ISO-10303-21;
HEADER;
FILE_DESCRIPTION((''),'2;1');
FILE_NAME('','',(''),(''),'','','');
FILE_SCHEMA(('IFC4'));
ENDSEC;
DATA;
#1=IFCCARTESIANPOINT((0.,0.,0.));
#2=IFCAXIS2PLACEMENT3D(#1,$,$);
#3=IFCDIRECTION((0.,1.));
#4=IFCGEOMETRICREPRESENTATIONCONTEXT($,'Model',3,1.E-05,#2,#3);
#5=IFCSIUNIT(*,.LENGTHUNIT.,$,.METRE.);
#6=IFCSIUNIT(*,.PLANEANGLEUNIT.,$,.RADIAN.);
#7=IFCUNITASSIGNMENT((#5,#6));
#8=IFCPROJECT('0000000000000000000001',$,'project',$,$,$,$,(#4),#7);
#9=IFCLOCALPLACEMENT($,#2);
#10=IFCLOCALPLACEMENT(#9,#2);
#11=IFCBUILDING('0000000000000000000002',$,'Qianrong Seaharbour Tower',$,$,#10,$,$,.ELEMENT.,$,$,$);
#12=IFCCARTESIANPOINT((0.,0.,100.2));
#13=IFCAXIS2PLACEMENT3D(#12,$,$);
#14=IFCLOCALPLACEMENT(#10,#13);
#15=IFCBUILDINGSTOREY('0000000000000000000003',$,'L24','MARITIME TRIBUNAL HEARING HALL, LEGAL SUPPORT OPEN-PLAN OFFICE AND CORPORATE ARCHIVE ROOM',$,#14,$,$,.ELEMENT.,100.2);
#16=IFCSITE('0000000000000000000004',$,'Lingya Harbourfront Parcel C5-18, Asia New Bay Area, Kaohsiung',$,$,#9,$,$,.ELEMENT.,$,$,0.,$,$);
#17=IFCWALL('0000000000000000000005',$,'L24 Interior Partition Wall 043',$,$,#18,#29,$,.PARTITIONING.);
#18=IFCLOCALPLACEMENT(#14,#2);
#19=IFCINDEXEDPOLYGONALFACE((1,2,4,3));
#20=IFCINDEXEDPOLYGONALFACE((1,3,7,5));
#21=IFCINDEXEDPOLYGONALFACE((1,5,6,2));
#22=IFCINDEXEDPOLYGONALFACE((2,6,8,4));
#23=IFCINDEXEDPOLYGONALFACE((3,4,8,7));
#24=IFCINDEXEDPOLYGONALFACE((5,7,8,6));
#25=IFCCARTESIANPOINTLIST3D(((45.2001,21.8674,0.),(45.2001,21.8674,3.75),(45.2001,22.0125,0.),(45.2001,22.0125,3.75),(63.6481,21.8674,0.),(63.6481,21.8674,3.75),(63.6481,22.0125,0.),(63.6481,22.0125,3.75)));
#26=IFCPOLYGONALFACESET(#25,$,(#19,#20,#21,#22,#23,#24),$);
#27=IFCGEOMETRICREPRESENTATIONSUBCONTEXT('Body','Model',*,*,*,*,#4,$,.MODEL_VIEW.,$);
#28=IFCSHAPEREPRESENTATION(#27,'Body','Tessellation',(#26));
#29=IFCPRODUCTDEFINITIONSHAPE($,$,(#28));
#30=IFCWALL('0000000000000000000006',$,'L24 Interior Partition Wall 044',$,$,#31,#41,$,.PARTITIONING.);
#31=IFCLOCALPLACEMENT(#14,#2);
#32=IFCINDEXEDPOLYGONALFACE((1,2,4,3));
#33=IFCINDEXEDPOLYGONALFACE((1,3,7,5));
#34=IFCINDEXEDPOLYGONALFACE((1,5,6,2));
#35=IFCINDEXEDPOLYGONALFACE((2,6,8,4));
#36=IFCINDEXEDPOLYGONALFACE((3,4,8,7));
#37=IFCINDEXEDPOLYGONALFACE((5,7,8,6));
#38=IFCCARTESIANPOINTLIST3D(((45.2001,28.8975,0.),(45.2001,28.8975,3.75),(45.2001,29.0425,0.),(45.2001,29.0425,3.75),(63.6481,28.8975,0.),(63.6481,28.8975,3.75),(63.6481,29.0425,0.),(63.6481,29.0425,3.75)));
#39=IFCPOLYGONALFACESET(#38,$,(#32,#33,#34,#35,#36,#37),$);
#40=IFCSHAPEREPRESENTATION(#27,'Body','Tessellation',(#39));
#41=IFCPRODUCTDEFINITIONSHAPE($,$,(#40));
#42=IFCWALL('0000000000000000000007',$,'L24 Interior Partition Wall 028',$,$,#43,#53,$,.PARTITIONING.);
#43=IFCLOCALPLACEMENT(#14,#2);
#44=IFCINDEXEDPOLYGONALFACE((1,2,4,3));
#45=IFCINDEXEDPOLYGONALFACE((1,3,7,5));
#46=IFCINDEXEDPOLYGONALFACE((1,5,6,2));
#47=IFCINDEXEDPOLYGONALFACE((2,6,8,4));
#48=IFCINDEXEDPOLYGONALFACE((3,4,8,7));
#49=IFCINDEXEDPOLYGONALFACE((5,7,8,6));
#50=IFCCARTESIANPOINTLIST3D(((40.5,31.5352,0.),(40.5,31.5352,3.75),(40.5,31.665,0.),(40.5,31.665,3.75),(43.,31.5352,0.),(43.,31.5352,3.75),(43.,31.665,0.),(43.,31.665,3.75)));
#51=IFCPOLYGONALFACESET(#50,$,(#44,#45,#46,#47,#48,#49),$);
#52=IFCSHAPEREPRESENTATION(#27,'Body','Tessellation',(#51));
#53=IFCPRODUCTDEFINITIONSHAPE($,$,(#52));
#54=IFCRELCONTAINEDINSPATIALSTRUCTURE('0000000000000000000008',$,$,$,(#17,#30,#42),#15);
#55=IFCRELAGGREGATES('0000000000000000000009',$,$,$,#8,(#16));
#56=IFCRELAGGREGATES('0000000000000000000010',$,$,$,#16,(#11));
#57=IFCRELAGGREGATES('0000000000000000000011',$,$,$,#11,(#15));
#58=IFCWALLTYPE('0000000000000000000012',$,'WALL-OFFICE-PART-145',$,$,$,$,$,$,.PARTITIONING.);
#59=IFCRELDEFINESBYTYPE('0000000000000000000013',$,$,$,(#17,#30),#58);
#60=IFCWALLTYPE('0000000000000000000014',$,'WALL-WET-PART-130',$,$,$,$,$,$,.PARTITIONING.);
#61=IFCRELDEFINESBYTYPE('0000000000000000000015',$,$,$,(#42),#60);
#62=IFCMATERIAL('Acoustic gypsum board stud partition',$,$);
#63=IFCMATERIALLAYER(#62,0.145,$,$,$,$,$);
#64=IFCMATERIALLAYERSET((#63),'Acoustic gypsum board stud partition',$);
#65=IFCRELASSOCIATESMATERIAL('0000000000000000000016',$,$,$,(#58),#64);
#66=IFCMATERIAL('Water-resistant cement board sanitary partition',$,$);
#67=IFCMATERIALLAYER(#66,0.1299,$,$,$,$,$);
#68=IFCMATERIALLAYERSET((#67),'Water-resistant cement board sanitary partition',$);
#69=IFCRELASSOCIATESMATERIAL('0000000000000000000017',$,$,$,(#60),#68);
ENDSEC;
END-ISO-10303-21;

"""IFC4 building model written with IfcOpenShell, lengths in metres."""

from ifc_helpers import new_model, si_unit, direction, frame, frame_2d, origin, place, context, subcontext, project, spatial, rectangle, extrude, material, layer, layer_set, type_object, element, save


model = new_model("IFC4")

# Units and contexts
model_context = context("Model", 3, precision=1e-05, world=origin(), true_north=direction((0.0, 1.0)))
body_context = subcontext(model_context, "Body", "Model", "MODEL_VIEW")
ifc_project = project(units=[si_unit("LENGTHUNIT", "METRE"), si_unit("PLANEANGLEUNIT", "RADIAN")], contexts=[model_context])

# Site, building, storey
site_placement = place(None, origin())
site = spatial("IfcSite", under=ifc_project, at=site_placement, Name="Lingya Harbourfront Parcel C5-18, Asia New Bay Area, Kaohsiung", CompositionType="ELEMENT", RefElevation=0.0)
building_placement = place(site_placement, origin())
building = spatial("IfcBuilding", under=site, at=building_placement, Name="Qianrong Seaharbour Tower", CompositionType="ELEMENT")
storey_placement = place(building_placement, frame((0.0, 0.0, 100.2)))
storey = spatial("IfcBuildingStorey", under=building, at=storey_placement, Name="L24", Description="MARITIME TRIBUNAL HEARING HALL, LEGAL SUPPORT OPEN-PLAN OFFICE AND CORPORATE ARCHIVE ROOM", CompositionType="ELEMENT", Elevation=100.2)

# Walls
ifc_material_1 = material(Name="Acoustic gypsum board stud partition")
ifc_layer_1 = layer(ifc_material_1, 0.145)
ifc_layer_set_1 = layer_set([ifc_layer_1], Name="Acoustic gypsum board stud partition")
wall_type_1 = type_object("IfcWallType", Name="WALL-OFFICE-PART-145", PredefinedType="PARTITIONING", material=ifc_layer_set_1)
for number, where, z_axis, x_axis, name in (
    (1, (45.2, 21.9399, 0.0), (0.0, 0.0, 1.0), (1.0, 0.0, 0.0), "L24 Interior Partition Wall 043"),
    (2, (45.2, 28.97, 0.0), (0.0, 0.0, 1.0), (1.0, 0.0, 0.0), "L24 Interior Partition Wall 044"),
):
    element("IfcWall", number, at=place(storey_placement, frame(where, z_axis=z_axis, x_axis=x_axis)), inside=storey, type_object=wall_type_1, Name=name, PredefinedType="PARTITIONING", context=body_context, shape_type="SweptSolid", body=[
        extrude(rectangle(XDim=18.448, YDim=0.145, at=frame_2d((9.2241, 0.0))), origin(), (0.0, 0.0, 1.0), 3.75),
    ])
ifc_material_2 = material(Name="Water-resistant cement board sanitary partition")
ifc_layer_2 = layer(ifc_material_2, 0.1299)
ifc_layer_set_2 = layer_set([ifc_layer_2], Name="Water-resistant cement board sanitary partition")
wall_type_2 = type_object("IfcWallType", Name="WALL-WET-PART-130", PredefinedType="PARTITIONING", material=ifc_layer_set_2)
wall_1_placement = place(storey_placement, frame((43.0, 31.6001, 0.0), z_axis=(0.0, 0.0, 1.0), x_axis=(-1.0, 0.0, 0.0)))
element("IfcWall", 3, at=wall_1_placement, inside=storey, type_object=wall_type_2, Name="L24 Interior Partition Wall 028", PredefinedType="PARTITIONING", context=body_context, shape_type="SweptSolid", body=[
    extrude(rectangle(XDim=2.5, YDim=0.1299, at=frame_2d((1.25, 0.0))), origin(), (0.0, 0.0, 1.0), 3.75),
])

save(model, "model.ifc")
